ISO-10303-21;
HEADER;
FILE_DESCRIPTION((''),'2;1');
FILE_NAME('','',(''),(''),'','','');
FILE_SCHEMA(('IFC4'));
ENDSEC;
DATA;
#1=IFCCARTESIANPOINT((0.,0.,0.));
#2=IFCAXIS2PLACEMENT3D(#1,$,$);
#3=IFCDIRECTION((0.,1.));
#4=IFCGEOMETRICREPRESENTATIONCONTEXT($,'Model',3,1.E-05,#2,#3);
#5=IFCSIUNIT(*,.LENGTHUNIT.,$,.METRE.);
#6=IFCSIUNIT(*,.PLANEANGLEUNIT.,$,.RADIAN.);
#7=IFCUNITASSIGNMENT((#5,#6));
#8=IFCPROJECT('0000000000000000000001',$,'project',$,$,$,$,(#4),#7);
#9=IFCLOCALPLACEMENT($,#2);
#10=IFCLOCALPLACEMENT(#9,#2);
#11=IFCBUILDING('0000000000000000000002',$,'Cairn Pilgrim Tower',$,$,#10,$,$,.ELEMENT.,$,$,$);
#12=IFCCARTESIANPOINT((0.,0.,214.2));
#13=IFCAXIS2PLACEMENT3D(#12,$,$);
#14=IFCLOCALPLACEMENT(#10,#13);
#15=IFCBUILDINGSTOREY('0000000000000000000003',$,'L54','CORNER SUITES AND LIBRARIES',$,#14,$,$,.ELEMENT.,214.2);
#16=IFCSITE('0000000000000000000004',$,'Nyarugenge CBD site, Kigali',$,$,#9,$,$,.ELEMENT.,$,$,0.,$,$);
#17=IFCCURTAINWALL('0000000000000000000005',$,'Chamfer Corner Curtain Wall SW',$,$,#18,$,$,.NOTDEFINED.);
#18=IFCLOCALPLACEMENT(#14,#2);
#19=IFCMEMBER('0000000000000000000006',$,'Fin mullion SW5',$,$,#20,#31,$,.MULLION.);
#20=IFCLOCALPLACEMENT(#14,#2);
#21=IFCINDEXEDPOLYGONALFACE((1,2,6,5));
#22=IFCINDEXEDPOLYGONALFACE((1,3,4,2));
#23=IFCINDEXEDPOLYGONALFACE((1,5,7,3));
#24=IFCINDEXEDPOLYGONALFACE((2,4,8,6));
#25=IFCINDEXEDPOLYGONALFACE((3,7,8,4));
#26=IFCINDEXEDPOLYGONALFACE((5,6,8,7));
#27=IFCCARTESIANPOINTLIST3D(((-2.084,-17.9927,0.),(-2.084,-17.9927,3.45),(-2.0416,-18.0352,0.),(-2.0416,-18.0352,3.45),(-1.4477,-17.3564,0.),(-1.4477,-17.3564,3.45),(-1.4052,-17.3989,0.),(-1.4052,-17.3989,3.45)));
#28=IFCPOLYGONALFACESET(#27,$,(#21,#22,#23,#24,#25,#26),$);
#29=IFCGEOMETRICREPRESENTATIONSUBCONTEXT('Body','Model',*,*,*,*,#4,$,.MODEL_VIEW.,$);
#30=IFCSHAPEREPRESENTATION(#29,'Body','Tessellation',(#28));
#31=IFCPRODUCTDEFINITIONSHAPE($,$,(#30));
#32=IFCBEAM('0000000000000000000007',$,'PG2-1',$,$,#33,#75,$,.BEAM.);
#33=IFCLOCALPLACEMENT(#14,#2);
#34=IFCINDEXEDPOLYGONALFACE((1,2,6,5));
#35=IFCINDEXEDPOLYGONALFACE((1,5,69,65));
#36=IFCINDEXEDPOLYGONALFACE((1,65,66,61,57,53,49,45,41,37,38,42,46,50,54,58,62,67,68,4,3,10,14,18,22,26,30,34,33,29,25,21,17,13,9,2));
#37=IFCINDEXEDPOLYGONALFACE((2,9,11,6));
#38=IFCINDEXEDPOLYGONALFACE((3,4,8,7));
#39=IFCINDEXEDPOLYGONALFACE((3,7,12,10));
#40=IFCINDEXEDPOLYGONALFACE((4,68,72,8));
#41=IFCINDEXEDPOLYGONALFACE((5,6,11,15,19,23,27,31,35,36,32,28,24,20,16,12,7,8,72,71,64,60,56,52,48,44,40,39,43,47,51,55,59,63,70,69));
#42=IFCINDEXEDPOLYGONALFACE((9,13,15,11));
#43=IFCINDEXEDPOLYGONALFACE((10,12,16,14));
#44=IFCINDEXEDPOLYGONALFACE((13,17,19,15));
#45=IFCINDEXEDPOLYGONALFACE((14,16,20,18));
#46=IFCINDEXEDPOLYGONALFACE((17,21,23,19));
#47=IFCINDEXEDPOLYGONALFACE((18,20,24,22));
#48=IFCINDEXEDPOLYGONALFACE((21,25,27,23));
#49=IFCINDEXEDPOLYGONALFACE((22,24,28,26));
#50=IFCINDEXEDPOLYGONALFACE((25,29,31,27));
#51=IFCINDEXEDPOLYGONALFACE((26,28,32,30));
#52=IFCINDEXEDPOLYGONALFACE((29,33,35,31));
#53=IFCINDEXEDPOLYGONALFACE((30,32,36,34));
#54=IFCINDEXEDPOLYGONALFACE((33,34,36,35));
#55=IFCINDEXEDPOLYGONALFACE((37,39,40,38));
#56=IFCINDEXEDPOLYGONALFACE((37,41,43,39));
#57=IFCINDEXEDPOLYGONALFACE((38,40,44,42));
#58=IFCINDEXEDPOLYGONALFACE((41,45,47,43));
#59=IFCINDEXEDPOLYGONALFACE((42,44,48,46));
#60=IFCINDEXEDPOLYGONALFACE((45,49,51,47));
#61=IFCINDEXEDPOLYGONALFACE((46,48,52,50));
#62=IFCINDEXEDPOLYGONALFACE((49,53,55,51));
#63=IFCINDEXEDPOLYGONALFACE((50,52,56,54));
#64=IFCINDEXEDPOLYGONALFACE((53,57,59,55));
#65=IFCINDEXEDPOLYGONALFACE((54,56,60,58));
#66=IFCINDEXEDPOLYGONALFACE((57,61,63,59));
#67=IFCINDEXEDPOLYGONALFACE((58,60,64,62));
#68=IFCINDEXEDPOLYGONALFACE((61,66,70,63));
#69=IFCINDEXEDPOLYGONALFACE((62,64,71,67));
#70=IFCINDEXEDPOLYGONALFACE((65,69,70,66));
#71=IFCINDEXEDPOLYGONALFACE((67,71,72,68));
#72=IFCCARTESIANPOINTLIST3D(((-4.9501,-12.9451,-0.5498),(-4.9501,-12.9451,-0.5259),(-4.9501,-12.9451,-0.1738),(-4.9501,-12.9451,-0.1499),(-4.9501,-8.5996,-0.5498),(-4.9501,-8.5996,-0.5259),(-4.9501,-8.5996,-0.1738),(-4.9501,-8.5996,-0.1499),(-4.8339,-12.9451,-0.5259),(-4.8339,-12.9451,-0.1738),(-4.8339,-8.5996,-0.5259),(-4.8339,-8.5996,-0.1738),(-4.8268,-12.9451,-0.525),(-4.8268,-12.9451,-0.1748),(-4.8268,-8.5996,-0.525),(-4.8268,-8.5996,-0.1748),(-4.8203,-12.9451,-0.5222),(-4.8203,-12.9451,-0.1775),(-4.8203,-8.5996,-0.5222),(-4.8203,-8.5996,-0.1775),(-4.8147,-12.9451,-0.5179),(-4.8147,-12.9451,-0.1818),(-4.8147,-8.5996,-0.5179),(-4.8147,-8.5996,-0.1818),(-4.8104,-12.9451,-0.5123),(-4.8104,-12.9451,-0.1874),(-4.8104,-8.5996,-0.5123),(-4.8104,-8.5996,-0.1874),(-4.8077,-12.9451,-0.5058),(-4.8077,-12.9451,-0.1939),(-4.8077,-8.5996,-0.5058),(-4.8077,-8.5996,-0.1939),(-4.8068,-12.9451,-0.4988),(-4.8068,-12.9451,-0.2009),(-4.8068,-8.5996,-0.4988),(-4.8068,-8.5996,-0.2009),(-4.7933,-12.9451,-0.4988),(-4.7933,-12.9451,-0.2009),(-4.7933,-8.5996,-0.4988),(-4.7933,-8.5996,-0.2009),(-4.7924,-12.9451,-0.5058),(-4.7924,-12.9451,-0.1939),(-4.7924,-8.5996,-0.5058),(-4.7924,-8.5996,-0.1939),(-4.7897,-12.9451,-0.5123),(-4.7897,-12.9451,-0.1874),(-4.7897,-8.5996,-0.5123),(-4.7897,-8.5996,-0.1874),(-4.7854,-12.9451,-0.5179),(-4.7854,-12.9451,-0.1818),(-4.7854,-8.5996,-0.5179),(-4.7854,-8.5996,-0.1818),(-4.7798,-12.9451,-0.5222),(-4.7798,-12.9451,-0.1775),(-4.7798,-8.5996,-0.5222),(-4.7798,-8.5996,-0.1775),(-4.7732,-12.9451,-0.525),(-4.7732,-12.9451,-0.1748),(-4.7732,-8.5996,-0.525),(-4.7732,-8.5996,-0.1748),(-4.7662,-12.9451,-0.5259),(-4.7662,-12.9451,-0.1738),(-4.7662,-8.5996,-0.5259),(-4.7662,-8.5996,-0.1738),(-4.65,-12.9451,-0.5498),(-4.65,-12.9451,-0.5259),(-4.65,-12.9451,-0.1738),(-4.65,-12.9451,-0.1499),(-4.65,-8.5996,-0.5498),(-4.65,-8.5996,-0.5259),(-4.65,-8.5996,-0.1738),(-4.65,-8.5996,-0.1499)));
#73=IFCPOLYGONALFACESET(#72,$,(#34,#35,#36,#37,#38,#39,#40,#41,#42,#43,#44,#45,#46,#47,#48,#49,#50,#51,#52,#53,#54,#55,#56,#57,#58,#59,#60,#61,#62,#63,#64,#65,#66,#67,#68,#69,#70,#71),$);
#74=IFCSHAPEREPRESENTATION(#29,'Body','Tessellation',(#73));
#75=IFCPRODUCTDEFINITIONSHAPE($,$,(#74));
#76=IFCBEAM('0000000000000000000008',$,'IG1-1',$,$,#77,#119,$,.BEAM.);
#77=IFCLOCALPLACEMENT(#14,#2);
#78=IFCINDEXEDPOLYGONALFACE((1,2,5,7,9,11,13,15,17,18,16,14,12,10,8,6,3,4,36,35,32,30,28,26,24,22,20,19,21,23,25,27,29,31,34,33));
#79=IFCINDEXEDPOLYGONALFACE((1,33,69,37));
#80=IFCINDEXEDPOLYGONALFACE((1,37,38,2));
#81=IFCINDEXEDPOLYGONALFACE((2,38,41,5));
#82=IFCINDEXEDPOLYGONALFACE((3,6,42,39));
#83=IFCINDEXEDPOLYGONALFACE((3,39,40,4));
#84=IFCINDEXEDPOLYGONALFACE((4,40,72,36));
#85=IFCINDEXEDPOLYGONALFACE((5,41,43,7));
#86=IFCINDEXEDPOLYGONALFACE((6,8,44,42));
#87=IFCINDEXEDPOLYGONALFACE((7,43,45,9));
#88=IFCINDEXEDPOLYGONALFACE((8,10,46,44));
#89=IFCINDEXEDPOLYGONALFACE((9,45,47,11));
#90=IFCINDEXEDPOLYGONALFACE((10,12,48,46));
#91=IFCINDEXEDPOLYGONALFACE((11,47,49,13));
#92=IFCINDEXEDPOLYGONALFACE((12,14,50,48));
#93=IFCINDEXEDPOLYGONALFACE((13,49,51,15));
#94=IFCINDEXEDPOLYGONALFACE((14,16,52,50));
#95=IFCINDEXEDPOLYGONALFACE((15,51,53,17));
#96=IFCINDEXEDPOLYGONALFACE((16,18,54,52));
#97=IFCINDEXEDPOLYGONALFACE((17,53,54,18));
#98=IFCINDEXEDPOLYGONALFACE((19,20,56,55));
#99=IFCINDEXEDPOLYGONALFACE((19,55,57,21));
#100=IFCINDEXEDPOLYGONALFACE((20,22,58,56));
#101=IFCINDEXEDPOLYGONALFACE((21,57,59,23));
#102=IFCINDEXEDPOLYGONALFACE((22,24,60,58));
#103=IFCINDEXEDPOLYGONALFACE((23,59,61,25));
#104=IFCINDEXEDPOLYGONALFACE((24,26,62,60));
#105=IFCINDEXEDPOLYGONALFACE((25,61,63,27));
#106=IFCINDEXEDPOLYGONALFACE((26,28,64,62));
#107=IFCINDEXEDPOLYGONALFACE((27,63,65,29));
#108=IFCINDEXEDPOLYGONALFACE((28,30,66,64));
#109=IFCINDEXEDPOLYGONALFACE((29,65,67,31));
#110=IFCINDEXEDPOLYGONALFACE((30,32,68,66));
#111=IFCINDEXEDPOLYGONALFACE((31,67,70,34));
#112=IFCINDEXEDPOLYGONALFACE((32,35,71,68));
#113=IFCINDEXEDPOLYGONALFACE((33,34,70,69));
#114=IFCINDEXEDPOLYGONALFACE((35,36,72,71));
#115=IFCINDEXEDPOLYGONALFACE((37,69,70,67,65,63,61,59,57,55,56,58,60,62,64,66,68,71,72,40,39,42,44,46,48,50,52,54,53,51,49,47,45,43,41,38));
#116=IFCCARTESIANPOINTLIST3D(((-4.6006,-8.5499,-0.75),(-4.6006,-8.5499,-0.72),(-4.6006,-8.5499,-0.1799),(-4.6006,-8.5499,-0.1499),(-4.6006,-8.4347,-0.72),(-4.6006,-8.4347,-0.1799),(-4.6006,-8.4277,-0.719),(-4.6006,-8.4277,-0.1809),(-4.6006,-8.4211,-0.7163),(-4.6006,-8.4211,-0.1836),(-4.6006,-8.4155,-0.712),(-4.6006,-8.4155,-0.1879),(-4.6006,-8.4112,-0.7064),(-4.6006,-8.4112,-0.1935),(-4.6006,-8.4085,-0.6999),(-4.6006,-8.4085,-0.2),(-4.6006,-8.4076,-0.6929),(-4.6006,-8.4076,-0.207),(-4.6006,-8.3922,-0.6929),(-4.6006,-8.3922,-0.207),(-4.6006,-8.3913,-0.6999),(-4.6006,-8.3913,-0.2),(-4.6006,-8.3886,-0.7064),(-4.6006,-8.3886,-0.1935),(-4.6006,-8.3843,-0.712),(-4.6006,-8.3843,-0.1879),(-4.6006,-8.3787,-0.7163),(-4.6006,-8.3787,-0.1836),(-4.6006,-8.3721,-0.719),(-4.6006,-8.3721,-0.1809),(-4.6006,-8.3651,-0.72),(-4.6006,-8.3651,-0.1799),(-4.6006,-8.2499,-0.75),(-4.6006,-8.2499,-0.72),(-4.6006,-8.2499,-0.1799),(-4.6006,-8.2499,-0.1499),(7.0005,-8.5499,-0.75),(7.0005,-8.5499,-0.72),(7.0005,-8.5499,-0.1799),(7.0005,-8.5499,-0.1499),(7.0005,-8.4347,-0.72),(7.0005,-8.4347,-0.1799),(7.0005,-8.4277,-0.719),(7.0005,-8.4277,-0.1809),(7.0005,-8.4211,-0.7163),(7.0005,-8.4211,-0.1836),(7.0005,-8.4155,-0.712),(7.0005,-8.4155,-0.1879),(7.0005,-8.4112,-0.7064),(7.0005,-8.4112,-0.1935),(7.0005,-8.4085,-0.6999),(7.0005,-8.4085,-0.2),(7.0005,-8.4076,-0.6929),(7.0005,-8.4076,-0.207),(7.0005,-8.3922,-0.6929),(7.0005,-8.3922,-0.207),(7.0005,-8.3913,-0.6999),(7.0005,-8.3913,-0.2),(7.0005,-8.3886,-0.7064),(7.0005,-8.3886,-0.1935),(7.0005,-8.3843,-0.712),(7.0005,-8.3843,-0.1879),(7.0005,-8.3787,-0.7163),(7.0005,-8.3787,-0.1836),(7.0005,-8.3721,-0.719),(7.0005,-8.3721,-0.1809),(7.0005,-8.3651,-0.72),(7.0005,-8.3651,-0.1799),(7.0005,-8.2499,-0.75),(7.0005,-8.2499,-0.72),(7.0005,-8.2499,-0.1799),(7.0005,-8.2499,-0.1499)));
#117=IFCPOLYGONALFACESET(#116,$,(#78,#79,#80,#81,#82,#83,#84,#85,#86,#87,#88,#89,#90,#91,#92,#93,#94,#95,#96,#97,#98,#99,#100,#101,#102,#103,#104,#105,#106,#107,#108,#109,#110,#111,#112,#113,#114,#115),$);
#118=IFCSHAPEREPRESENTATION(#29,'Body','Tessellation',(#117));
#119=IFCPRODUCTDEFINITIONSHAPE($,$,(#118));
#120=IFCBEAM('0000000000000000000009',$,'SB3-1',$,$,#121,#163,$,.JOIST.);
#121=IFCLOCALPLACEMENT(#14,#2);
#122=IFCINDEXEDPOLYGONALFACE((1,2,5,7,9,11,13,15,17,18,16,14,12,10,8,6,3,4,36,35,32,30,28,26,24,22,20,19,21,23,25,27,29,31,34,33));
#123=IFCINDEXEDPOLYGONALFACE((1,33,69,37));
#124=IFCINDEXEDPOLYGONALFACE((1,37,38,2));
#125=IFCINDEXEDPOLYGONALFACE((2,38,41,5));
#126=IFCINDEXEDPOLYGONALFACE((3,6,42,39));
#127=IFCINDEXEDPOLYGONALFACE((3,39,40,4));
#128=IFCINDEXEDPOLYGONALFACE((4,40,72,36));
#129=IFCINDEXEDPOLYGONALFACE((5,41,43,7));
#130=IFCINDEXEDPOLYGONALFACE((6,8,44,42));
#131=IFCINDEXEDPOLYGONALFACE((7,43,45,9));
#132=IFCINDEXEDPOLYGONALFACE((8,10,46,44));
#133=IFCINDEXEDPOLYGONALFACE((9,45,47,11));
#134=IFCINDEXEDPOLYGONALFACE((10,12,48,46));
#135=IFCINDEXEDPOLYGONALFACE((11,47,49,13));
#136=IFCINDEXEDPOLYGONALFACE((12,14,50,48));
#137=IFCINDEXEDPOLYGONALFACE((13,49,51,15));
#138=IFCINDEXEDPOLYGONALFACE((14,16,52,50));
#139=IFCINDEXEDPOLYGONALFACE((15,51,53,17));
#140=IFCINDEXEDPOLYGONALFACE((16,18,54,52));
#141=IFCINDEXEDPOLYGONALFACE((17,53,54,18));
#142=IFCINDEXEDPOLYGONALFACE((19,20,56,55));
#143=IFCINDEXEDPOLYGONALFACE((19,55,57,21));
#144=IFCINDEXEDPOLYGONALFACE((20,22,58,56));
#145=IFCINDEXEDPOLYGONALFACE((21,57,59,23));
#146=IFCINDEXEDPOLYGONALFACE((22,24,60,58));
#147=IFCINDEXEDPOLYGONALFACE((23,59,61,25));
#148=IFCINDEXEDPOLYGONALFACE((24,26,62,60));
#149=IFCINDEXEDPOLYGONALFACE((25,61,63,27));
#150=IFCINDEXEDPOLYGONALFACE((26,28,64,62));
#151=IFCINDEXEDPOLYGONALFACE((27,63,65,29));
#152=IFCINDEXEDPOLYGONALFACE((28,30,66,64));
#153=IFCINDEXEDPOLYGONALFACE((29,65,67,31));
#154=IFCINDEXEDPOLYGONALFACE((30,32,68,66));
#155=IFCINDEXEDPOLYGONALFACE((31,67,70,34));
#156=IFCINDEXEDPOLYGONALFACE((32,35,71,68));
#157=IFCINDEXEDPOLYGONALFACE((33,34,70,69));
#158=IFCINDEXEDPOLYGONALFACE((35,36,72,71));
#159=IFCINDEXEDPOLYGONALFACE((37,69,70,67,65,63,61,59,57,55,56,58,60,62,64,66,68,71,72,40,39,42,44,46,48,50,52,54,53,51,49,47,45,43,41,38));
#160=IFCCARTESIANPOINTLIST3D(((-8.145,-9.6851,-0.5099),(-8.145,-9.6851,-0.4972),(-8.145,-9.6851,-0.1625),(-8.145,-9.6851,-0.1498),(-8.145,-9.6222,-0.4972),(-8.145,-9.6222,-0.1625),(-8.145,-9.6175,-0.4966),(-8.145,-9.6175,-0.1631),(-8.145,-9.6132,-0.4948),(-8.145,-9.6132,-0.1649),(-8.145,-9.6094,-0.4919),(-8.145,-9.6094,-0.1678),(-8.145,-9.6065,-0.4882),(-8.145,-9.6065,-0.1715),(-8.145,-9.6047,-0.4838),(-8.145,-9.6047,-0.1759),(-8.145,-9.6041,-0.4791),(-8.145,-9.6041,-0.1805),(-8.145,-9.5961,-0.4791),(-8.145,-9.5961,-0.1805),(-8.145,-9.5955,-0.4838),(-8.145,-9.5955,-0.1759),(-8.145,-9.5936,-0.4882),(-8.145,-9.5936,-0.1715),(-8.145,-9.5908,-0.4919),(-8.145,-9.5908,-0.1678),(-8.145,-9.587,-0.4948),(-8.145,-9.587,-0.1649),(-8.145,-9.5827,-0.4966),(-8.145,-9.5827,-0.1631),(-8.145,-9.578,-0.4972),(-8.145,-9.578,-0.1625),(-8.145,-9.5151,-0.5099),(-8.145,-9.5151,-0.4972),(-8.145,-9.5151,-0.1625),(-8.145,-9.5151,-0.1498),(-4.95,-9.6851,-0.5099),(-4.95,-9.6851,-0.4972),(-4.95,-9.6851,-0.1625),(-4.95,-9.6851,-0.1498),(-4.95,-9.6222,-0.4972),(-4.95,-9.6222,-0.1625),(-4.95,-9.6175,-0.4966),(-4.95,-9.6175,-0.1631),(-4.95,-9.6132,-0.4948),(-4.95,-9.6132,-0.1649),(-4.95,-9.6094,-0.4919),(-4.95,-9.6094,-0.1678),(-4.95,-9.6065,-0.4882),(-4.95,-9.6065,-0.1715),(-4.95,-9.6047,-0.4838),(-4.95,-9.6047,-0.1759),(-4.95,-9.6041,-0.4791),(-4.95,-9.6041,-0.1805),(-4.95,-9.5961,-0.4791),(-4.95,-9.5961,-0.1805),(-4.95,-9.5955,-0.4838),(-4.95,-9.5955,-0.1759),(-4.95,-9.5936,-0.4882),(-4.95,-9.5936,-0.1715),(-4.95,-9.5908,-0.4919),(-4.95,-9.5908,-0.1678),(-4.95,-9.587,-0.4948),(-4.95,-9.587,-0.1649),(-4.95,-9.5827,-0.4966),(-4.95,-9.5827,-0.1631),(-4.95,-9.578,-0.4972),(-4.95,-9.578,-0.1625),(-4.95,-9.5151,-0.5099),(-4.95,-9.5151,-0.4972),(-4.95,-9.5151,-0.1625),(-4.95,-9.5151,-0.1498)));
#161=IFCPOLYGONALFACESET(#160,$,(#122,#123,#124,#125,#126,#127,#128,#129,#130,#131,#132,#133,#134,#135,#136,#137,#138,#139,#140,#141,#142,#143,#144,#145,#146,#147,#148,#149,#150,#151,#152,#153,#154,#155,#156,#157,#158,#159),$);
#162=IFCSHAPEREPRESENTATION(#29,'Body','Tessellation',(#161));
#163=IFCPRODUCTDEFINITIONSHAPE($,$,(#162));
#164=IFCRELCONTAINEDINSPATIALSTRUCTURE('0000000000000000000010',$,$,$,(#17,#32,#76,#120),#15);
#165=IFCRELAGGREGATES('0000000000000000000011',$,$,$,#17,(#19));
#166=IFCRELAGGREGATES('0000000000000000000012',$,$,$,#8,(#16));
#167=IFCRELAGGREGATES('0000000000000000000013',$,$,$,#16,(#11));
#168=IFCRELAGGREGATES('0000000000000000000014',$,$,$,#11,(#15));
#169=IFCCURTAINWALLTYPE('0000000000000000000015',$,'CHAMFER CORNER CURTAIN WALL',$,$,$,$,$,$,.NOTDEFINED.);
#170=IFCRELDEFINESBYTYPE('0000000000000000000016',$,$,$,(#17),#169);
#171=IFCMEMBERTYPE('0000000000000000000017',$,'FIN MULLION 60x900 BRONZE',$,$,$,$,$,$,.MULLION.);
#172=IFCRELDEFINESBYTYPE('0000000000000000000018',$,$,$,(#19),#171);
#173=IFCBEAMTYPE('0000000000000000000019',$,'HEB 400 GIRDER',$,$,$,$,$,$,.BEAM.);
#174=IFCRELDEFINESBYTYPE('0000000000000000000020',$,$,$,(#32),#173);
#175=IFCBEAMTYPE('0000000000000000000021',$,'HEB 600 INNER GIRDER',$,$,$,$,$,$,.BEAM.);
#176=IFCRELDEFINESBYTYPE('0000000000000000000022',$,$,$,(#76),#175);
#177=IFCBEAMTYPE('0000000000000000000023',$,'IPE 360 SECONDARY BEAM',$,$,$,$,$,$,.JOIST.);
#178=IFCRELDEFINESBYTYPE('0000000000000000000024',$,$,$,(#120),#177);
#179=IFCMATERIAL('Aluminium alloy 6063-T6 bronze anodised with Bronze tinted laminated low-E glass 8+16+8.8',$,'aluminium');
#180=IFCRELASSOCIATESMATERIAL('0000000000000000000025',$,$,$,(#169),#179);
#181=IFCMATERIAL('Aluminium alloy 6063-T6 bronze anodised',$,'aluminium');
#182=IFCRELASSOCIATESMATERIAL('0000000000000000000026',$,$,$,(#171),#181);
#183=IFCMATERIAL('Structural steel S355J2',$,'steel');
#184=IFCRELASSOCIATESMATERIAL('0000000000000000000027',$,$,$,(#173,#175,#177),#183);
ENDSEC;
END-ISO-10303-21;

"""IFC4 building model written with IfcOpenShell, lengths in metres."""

from ifc_helpers import new_model, si_unit, direction, frame, origin, origin_2d, place, context, subcontext, project, spatial, rectangle, i_section, extrude, material, material_profile, profile_set, type_object, element, aggregate, save


model = new_model("IFC4")

# Units and contexts
model_context = context("Model", 3, precision=1e-05, world=origin(), true_north=direction((0.0, 1.0)))
body_context = subcontext(model_context, "Body", "Model", "MODEL_VIEW")
ifc_project = project(units=[si_unit("LENGTHUNIT", "METRE"), si_unit("PLANEANGLEUNIT", "RADIAN")], contexts=[model_context])

# Site, building, storey
site_placement = place(None, origin())
site = spatial("IfcSite", under=ifc_project, at=site_placement, Name="Nyarugenge CBD site, Kigali", CompositionType="ELEMENT", RefElevation=0.0)
building_placement = place(site_placement, origin())
building = spatial("IfcBuilding", under=site, at=building_placement, Name="Cairn Pilgrim Tower", CompositionType="ELEMENT")
storey_placement = place(building_placement, frame((0.0, 0.0, 214.2)))
storey = spatial("IfcBuildingStorey", under=building, at=storey_placement, Name="L54", Description="CORNER SUITES AND LIBRARIES", CompositionType="ELEMENT", Elevation=214.2)

# Shared definitions
ifc_material_1 = material(Name="Structural steel S355J2", Category="steel")

# Curtain wall, member
ifc_material_2 = material(Name="Aluminium alloy 6063-T6 bronze anodised with Bronze tinted laminated low-E glass 8+16+8.8", Category="aluminium")
curtain_wall_type = type_object("IfcCurtainWallType", Name="CHAMFER CORNER CURTAIN WALL", PredefinedType="NOTDEFINED", material=ifc_material_2)
curtain_wall_placement = place(storey_placement, origin())
curtain_wall = element("IfcCurtainWall", 1, at=curtain_wall_placement, inside=storey, type_object=curtain_wall_type, Name="Chamfer Corner Curtain Wall SW", PredefinedType="NOTDEFINED")
ifc_material_3 = material(Name="Aluminium alloy 6063-T6 bronze anodised", Category="aluminium")
ifc_material_profile_1 = material_profile(ifc_material_3, rectangle(XDim=0.8999, YDim=0.0601, at=origin_2d()), Name="FIN MULLION 60x900 BRONZE")
ifc_profile_set_1 = profile_set([ifc_material_profile_1], Name="Aluminium alloy 6063-T6 bronze anodised")
member_type_1 = type_object("IfcMemberType", Name="FIN MULLION 60x900 BRONZE", PredefinedType="MULLION", material=ifc_profile_set_1)
member_1_placement = place(storey_placement, frame((-1.7446, -17.6958, 0.0), z_axis=(0.0, 0.0, 1.0), x_axis=(-0.707107, -0.707107, 0.0)))
member_1 = element("IfcMember", 2, at=member_1_placement, type_object=member_type_1, Name="Fin mullion SW5", PredefinedType="MULLION", context=body_context, shape_type="SweptSolid", body=[
    extrude(rectangle(XDim=0.8999, YDim=0.0601, at=origin_2d()), origin(), (0.0, 0.0, 1.0), 3.45),
])

# Beams
ifc_material_profile_2 = material_profile(ifc_material_1, i_section(OverallWidth=0.3, OverallDepth=0.3999, WebThickness=0.0134, FlangeThickness=0.0239, FilletRadius=0.0271, at=origin_2d()), Name="HEB 400")
ifc_profile_set_2 = profile_set([ifc_material_profile_2], Name="Structural steel S355J2")
beam_type_1 = type_object("IfcBeamType", Name="HEB 400 GIRDER", PredefinedType="BEAM", material=ifc_profile_set_2)
beam_1_placement = place(storey_placement, frame((-4.8, -12.9451, -0.3499), z_axis=(0.0, 1.0, 0.0), x_axis=(-1.0, 0.0, 0.0)))
element("IfcBeam", 3, at=beam_1_placement, inside=storey, type_object=beam_type_1, Name="PG2-1", PredefinedType="BEAM", context=body_context, shape_type="SweptSolid", body=[
    extrude(i_section(OverallWidth=0.3, OverallDepth=0.3999, WebThickness=0.0134, FlangeThickness=0.0239, FilletRadius=0.0271, at=origin_2d()), origin(), (0.0, 0.0, 1.0), 4.3455),
])
ifc_material_profile_3 = material_profile(ifc_material_1, i_section(OverallWidth=0.3, OverallDepth=0.6001, WebThickness=0.0154, FlangeThickness=0.03, FilletRadius=0.0271, at=origin_2d()), Name="HEB 600")
ifc_profile_set_3 = profile_set([ifc_material_profile_3], Name="Structural steel S355J2")
beam_type_2 = type_object("IfcBeamType", Name="HEB 600 INNER GIRDER", PredefinedType="BEAM", material=ifc_profile_set_3)
beam_2_placement = place(storey_placement, frame((-4.6006, -8.3999, -0.45), z_axis=(1.0, 0.0, 0.0), x_axis=(0.0, 1.0, 0.0)))
element("IfcBeam", 4, at=beam_2_placement, inside=storey, type_object=beam_type_2, Name="IG1-1", PredefinedType="BEAM", context=body_context, shape_type="SweptSolid", body=[
    extrude(i_section(OverallWidth=0.3, OverallDepth=0.6001, WebThickness=0.0154, FlangeThickness=0.03, FilletRadius=0.0271, at=origin_2d()), origin(), (0.0, 0.0, 1.0), 11.6011),
])
ifc_material_profile_4 = material_profile(ifc_material_1, i_section(OverallWidth=0.1699, OverallDepth=0.3601, WebThickness=0.0081, FlangeThickness=0.0127, FilletRadius=0.0181, at=origin_2d()), Name="IPE 360")
ifc_profile_set_4 = profile_set([ifc_material_profile_4], Name="Structural steel S355J2")
beam_type_3 = type_object("IfcBeamType", Name="IPE 360 SECONDARY BEAM", PredefinedType="JOIST", material=ifc_profile_set_4)
beam_3_placement = place(storey_placement, frame((-8.145, -9.6001, -0.3298), z_axis=(1.0, 0.0, 0.0), x_axis=(0.0, 1.0, 0.0)))
element("IfcBeam", 5, at=beam_3_placement, inside=storey, type_object=beam_type_3, Name="SB3-1", PredefinedType="JOIST", context=body_context, shape_type="SweptSolid", body=[
    extrude(i_section(OverallWidth=0.1699, OverallDepth=0.3601, WebThickness=0.0081, FlangeThickness=0.0127, FilletRadius=0.0181, at=origin_2d()), origin(), (0.0, 0.0, 1.0), 3.1951),
])

aggregate(curtain_wall, [member_1])

save(model, "model.ifc")
